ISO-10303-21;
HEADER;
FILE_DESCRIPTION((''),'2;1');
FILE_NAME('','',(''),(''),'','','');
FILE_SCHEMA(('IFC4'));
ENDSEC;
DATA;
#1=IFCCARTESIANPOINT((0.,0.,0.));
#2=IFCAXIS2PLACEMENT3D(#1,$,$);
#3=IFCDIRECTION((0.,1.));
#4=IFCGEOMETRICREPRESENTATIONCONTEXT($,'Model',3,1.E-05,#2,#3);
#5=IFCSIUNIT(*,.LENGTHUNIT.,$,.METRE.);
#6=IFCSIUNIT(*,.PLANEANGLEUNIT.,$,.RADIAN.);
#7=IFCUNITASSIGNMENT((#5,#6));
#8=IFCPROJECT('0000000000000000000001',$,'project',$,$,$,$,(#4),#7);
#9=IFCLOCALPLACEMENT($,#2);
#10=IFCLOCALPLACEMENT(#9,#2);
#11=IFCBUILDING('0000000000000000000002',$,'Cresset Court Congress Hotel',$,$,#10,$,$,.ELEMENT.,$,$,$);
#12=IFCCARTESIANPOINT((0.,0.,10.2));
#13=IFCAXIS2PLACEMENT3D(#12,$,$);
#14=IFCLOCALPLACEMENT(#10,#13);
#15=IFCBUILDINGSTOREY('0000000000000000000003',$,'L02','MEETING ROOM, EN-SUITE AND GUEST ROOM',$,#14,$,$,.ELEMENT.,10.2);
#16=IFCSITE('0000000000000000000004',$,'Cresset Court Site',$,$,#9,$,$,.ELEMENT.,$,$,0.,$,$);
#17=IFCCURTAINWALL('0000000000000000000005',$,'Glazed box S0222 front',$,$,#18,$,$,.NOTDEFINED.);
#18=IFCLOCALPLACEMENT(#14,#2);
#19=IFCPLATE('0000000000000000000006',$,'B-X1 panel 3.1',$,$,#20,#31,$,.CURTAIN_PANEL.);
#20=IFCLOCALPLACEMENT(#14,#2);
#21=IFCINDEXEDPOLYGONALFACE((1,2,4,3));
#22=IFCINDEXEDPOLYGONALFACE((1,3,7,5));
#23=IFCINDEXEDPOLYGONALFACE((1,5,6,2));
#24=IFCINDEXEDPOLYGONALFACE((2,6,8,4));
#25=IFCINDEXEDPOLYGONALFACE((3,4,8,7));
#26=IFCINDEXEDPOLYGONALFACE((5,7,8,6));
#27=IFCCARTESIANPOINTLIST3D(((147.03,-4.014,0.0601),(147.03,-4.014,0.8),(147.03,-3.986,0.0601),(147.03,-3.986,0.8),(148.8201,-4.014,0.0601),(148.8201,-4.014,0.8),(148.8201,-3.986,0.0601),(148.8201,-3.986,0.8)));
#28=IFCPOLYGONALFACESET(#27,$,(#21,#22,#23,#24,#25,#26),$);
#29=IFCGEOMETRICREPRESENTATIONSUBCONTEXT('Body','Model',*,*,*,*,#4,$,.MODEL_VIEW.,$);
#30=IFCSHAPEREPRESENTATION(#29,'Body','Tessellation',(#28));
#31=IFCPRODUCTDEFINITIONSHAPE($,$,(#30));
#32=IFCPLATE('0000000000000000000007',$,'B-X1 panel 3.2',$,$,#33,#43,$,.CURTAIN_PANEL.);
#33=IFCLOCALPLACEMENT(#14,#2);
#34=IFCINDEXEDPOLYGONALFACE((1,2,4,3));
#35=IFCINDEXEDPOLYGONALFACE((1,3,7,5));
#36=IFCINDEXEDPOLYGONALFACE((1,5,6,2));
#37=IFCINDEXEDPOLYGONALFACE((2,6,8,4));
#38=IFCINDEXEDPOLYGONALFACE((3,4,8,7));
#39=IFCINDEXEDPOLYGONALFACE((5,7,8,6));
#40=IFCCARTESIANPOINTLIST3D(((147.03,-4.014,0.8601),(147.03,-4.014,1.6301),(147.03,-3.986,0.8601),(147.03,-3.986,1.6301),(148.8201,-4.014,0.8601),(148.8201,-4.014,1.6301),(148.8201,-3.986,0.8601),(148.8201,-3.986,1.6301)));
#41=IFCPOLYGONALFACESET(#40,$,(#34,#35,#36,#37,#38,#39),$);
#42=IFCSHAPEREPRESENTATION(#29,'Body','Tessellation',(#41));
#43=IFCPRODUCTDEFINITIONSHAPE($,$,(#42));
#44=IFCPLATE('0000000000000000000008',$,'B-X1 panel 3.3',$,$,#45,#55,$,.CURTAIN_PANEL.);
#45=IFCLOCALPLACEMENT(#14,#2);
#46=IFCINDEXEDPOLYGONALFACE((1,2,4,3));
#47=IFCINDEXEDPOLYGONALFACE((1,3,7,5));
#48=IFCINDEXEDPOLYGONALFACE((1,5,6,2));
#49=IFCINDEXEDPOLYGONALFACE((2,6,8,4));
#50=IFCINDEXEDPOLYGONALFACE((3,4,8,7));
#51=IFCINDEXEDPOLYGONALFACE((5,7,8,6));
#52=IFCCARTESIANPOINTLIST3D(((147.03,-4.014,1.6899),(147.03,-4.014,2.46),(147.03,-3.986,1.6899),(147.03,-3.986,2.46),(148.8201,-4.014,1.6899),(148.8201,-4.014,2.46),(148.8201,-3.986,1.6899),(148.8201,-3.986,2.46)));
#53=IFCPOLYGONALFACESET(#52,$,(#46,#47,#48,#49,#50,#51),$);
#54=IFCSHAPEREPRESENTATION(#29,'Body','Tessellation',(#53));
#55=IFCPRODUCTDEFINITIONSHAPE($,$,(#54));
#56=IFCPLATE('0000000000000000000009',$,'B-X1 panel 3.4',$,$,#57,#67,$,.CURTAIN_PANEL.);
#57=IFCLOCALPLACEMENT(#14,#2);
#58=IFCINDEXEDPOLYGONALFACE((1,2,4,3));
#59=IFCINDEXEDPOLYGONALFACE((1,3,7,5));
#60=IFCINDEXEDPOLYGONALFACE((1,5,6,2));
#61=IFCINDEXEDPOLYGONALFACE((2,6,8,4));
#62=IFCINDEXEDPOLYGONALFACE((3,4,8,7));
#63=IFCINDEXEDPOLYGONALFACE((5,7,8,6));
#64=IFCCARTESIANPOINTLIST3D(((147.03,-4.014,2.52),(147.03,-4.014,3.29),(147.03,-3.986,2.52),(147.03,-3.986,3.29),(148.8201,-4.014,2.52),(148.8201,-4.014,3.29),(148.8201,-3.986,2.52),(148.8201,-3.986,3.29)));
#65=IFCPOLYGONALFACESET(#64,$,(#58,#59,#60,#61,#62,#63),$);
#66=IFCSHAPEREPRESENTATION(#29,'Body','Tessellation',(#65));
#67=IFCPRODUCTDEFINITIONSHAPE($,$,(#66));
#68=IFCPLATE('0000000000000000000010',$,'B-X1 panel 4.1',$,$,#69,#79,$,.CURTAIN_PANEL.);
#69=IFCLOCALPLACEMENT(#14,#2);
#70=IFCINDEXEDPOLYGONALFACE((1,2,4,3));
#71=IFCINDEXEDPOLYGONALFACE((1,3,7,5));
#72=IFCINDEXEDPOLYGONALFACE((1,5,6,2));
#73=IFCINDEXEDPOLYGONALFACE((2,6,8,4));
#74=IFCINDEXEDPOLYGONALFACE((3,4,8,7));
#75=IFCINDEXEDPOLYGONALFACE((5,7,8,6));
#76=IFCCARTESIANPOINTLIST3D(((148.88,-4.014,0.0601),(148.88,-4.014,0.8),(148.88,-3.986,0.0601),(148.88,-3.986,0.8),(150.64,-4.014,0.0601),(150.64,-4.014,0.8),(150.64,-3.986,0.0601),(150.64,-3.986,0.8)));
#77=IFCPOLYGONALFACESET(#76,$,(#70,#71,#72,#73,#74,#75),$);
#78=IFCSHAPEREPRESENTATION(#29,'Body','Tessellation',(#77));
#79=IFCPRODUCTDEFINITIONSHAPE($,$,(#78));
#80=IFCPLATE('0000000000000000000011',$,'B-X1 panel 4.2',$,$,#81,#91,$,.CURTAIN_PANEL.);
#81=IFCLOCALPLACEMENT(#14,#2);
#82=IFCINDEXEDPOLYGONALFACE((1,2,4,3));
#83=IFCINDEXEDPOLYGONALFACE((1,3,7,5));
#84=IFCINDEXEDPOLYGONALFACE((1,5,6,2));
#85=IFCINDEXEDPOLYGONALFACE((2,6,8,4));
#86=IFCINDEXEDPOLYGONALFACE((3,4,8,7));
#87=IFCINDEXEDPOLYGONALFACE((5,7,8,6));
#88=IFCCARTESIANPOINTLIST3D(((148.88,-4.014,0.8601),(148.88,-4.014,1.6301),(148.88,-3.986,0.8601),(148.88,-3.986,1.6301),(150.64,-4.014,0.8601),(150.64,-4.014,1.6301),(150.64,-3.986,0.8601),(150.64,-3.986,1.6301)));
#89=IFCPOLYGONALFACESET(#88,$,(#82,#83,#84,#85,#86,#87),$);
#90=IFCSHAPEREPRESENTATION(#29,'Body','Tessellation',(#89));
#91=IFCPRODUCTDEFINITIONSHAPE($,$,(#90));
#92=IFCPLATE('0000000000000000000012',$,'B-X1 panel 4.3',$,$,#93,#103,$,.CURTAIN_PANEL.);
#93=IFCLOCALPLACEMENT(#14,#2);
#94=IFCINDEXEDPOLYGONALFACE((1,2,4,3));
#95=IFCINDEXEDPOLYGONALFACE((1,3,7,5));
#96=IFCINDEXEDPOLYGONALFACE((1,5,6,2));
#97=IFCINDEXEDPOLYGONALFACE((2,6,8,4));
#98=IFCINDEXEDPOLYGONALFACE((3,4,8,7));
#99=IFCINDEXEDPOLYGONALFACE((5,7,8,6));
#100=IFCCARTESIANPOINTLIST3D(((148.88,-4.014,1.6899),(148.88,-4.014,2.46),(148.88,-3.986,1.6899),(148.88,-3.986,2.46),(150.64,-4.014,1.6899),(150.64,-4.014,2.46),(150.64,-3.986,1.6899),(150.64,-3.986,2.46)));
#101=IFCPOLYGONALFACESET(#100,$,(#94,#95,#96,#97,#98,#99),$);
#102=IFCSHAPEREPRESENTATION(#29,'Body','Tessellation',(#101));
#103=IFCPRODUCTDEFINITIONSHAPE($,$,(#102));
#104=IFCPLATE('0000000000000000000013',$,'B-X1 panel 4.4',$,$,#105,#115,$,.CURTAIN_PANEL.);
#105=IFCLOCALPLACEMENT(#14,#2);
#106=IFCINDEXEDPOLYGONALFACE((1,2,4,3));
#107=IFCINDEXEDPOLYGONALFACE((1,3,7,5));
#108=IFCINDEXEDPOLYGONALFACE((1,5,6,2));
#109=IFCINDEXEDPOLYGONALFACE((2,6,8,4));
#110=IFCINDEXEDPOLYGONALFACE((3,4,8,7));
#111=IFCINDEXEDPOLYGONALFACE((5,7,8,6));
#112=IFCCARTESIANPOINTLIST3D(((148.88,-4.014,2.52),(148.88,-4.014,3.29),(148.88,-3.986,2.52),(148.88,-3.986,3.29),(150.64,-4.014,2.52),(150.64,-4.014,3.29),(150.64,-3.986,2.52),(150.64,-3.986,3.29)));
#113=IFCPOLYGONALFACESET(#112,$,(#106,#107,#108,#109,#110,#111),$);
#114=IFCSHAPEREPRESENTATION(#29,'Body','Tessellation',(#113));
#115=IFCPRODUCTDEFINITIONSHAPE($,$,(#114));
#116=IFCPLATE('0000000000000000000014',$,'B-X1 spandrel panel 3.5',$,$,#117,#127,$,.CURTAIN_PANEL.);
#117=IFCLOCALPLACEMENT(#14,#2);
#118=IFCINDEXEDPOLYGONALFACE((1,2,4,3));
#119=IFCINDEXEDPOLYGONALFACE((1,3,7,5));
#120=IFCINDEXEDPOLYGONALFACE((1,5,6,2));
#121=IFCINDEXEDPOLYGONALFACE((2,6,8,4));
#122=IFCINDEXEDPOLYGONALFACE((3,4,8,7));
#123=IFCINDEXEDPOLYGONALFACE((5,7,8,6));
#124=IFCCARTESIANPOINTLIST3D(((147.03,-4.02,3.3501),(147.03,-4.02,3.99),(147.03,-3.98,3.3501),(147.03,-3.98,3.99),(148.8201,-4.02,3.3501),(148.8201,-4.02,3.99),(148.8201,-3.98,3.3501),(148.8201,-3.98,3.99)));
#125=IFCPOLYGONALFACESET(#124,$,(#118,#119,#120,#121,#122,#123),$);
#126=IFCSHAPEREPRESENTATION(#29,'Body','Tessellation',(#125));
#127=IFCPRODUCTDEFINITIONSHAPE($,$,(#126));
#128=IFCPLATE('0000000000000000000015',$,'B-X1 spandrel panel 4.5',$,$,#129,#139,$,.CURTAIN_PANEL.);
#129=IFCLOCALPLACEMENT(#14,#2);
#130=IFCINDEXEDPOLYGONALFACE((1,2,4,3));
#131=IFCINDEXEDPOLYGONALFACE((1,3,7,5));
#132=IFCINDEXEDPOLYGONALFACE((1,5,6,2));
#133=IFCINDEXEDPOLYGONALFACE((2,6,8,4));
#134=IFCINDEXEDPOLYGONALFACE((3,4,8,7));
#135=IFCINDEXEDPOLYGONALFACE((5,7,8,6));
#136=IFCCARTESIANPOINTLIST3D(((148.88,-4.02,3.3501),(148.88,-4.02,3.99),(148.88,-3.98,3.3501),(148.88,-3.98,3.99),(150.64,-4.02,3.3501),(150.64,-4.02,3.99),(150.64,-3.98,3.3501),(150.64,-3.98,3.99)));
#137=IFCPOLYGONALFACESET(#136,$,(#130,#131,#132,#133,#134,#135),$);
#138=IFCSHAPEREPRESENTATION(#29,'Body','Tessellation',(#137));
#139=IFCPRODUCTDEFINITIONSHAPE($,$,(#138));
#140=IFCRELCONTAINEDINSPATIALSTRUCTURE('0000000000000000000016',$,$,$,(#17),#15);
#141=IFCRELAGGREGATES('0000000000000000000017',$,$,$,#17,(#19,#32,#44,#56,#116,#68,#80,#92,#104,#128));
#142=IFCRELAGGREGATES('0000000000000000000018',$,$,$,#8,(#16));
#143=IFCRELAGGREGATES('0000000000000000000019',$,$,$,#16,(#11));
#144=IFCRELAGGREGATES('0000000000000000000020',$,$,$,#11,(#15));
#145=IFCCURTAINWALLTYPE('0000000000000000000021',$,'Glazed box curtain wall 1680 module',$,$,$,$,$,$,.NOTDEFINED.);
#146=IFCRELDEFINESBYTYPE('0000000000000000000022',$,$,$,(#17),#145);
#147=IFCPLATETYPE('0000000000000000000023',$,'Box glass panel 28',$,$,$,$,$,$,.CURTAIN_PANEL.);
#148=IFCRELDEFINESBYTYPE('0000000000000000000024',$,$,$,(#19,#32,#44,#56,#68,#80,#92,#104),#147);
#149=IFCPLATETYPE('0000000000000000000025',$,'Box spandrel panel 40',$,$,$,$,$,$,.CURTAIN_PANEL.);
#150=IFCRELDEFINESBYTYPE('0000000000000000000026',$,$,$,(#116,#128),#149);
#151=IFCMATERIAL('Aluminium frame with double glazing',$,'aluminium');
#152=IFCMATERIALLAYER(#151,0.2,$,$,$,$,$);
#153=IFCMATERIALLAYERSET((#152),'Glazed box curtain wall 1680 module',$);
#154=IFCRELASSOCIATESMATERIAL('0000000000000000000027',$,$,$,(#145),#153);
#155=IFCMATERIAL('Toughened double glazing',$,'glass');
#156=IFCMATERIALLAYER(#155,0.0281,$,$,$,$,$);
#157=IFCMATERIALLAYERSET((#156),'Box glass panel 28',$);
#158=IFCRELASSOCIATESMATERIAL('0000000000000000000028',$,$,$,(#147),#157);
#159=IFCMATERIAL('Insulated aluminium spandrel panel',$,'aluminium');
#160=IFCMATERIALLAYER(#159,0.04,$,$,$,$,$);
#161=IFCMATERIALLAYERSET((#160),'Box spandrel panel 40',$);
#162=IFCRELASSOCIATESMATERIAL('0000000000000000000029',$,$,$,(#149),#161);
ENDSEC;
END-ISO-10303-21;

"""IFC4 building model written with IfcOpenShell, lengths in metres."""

from ifc_helpers import new_model, si_unit, direction, frame, origin, origin_2d, place, context, subcontext, project, spatial, rectangle, extrude, material, layer, layer_set, type_object, element, aggregate, save


model = new_model("IFC4")

# Units and contexts
model_context = context("Model", 3, precision=1e-05, world=origin(), true_north=direction((0.0, 1.0)))
body_context = subcontext(model_context, "Body", "Model", "MODEL_VIEW")
ifc_project = project(units=[si_unit("LENGTHUNIT", "METRE"), si_unit("PLANEANGLEUNIT", "RADIAN")], contexts=[model_context])

# Site, building, storey
site_placement = place(None, origin())
site = spatial("IfcSite", under=ifc_project, at=site_placement, Name="Cresset Court Site", CompositionType="ELEMENT", RefElevation=0.0)
building_placement = place(site_placement, origin())
building = spatial("IfcBuilding", under=site, at=building_placement, Name="Cresset Court Congress Hotel", CompositionType="ELEMENT")
storey_placement = place(building_placement, frame((0.0, 0.0, 10.2)))
storey = spatial("IfcBuildingStorey", under=building, at=storey_placement, Name="L02", Description="MEETING ROOM, EN-SUITE AND GUEST ROOM", CompositionType="ELEMENT", Elevation=10.2)

# Curtain wall
ifc_material_1 = material(Name="Aluminium frame with double glazing", Category="aluminium")
ifc_layer_1 = layer(ifc_material_1, 0.2)
ifc_layer_set_1 = layer_set([ifc_layer_1], Name="Glazed box curtain wall 1680 module")
curtain_wall_type = type_object("IfcCurtainWallType", Name="Glazed box curtain wall 1680 module", PredefinedType="NOTDEFINED", material=ifc_layer_set_1)
curtain_wall_1_placement = place(storey_placement, origin())
curtain_wall_1 = element("IfcCurtainWall", 1, at=curtain_wall_1_placement, inside=storey, type_object=curtain_wall_type, Name="Glazed box S0222 front", PredefinedType="NOTDEFINED")

# Plates
ifc_material_2 = material(Name="Toughened double glazing", Category="glass")
ifc_layer_2 = layer(ifc_material_2, 0.0281)
ifc_layer_set_2 = layer_set([ifc_layer_2], Name="Box glass panel 28")
plate_type_1 = type_object("IfcPlateType", Name="Box glass panel 28", PredefinedType="CURTAIN_PANEL", material=ifc_layer_set_2)
plate_1_placement = place(storey_placement, frame((147.925, -4.0, 0.0601), z_axis=(0.0, 0.0, 1.0), x_axis=(1.0, 0.0, 0.0)))
plate_1 = element("IfcPlate", 2, at=plate_1_placement, type_object=plate_type_1, Name="B-X1 panel 3.1", PredefinedType="CURTAIN_PANEL", context=body_context, shape_type="SweptSolid", body=[
    extrude(rectangle(XDim=1.79, YDim=0.0281, at=origin_2d()), origin(), (0.0, 0.0, 1.0), 0.74),
])
plate_2_placement = place(storey_placement, frame((147.925, -4.0, 0.8601), z_axis=(0.0, 0.0, 1.0), x_axis=(1.0, 0.0, 0.0)))
plate_2 = element("IfcPlate", 3, at=plate_2_placement, type_object=plate_type_1, Name="B-X1 panel 3.2", PredefinedType="CURTAIN_PANEL", context=body_context, shape_type="SweptSolid", body=[
    extrude(rectangle(XDim=1.79, YDim=0.0281, at=origin_2d()), origin(), (0.0, 0.0, 1.0), 0.77),
])
plate_3_placement = place(storey_placement, frame((147.925, -4.0, 1.6899), z_axis=(0.0, 0.0, 1.0), x_axis=(1.0, 0.0, 0.0)))
plate_3 = element("IfcPlate", 4, at=plate_3_placement, type_object=plate_type_1, Name="B-X1 panel 3.3", PredefinedType="CURTAIN_PANEL", context=body_context, shape_type="SweptSolid", body=[
    extrude(rectangle(XDim=1.79, YDim=0.0281, at=origin_2d()), origin(), (0.0, 0.0, 1.0), 0.77),
])
plate_4_placement = place(storey_placement, frame((147.925, -4.0, 2.52), z_axis=(0.0, 0.0, 1.0), x_axis=(1.0, 0.0, 0.0)))
plate_4 = element("IfcPlate", 5, at=plate_4_placement, type_object=plate_type_1, Name="B-X1 panel 3.4", PredefinedType="CURTAIN_PANEL", context=body_context, shape_type="SweptSolid", body=[
    extrude(rectangle(XDim=1.79, YDim=0.0281, at=origin_2d()), origin(), (0.0, 0.0, 1.0), 0.77),
])
plate_5_placement = place(storey_placement, frame((149.76, -4.0, 0.0601), z_axis=(0.0, 0.0, 1.0), x_axis=(1.0, 0.0, 0.0)))
plate_5 = element("IfcPlate", 6, at=plate_5_placement, type_object=plate_type_1, Name="B-X1 panel 4.1", PredefinedType="CURTAIN_PANEL", context=body_context, shape_type="SweptSolid", body=[
    extrude(rectangle(XDim=1.76, YDim=0.0281, at=origin_2d()), origin(), (0.0, 0.0, 1.0), 0.74),
])
plate_6_placement = place(storey_placement, frame((149.76, -4.0, 0.8601), z_axis=(0.0, 0.0, 1.0), x_axis=(1.0, 0.0, 0.0)))
plate_6 = element("IfcPlate", 7, at=plate_6_placement, type_object=plate_type_1, Name="B-X1 panel 4.2", PredefinedType="CURTAIN_PANEL", context=body_context, shape_type="SweptSolid", body=[
    extrude(rectangle(XDim=1.76, YDim=0.0281, at=origin_2d()), origin(), (0.0, 0.0, 1.0), 0.77),
])
plate_7_placement = place(storey_placement, frame((149.76, -4.0, 1.6899), z_axis=(0.0, 0.0, 1.0), x_axis=(1.0, 0.0, 0.0)))
plate_7 = element("IfcPlate", 8, at=plate_7_placement, type_object=plate_type_1, Name="B-X1 panel 4.3", PredefinedType="CURTAIN_PANEL", context=body_context, shape_type="SweptSolid", body=[
    extrude(rectangle(XDim=1.76, YDim=0.0281, at=origin_2d()), origin(), (0.0, 0.0, 1.0), 0.77),
])
plate_8_placement = place(storey_placement, frame((149.76, -4.0, 2.52), z_axis=(0.0, 0.0, 1.0), x_axis=(1.0, 0.0, 0.0)))
plate_8 = element("IfcPlate", 9, at=plate_8_placement, type_object=plate_type_1, Name="B-X1 panel 4.4", PredefinedType="CURTAIN_PANEL", context=body_context, shape_type="SweptSolid", body=[
    extrude(rectangle(XDim=1.76, YDim=0.0281, at=origin_2d()), origin(), (0.0, 0.0, 1.0), 0.77),
])
ifc_material_3 = material(Name="Insulated aluminium spandrel panel", Category="aluminium")
ifc_layer_3 = layer(ifc_material_3, 0.04)
ifc_layer_set_3 = layer_set([ifc_layer_3], Name="Box spandrel panel 40")
plate_type_2 = type_object("IfcPlateType", Name="Box spandrel panel 40", PredefinedType="CURTAIN_PANEL", material=ifc_layer_set_3)
plate_9_placement = place(storey_placement, frame((147.925, -4.0, 3.3501), z_axis=(0.0, 0.0, 1.0), x_axis=(1.0, 0.0, 0.0)))
plate_9 = element("IfcPlate", 10, at=plate_9_placement, type_object=plate_type_2, Name="B-X1 spandrel panel 3.5", PredefinedType="CURTAIN_PANEL", context=body_context, shape_type="SweptSolid", body=[
    extrude(rectangle(XDim=1.79, YDim=0.04, at=origin_2d()), origin(), (0.0, 0.0, 1.0), 0.6399),
])
plate_10_placement = place(storey_placement, frame((149.76, -4.0, 3.3501), z_axis=(0.0, 0.0, 1.0), x_axis=(1.0, 0.0, 0.0)))
plate_10 = element("IfcPlate", 11, at=plate_10_placement, type_object=plate_type_2, Name="B-X1 spandrel panel 4.5", PredefinedType="CURTAIN_PANEL", context=body_context, shape_type="SweptSolid", body=[
    extrude(rectangle(XDim=1.76, YDim=0.04, at=origin_2d()), origin(), (0.0, 0.0, 1.0), 0.6399),
])
aggregate(curtain_wall_1, [plate_1, plate_2, plate_3, plate_4, plate_9, plate_5, plate_6, plate_7, plate_8, plate_10])

save(model, "model.ifc")
